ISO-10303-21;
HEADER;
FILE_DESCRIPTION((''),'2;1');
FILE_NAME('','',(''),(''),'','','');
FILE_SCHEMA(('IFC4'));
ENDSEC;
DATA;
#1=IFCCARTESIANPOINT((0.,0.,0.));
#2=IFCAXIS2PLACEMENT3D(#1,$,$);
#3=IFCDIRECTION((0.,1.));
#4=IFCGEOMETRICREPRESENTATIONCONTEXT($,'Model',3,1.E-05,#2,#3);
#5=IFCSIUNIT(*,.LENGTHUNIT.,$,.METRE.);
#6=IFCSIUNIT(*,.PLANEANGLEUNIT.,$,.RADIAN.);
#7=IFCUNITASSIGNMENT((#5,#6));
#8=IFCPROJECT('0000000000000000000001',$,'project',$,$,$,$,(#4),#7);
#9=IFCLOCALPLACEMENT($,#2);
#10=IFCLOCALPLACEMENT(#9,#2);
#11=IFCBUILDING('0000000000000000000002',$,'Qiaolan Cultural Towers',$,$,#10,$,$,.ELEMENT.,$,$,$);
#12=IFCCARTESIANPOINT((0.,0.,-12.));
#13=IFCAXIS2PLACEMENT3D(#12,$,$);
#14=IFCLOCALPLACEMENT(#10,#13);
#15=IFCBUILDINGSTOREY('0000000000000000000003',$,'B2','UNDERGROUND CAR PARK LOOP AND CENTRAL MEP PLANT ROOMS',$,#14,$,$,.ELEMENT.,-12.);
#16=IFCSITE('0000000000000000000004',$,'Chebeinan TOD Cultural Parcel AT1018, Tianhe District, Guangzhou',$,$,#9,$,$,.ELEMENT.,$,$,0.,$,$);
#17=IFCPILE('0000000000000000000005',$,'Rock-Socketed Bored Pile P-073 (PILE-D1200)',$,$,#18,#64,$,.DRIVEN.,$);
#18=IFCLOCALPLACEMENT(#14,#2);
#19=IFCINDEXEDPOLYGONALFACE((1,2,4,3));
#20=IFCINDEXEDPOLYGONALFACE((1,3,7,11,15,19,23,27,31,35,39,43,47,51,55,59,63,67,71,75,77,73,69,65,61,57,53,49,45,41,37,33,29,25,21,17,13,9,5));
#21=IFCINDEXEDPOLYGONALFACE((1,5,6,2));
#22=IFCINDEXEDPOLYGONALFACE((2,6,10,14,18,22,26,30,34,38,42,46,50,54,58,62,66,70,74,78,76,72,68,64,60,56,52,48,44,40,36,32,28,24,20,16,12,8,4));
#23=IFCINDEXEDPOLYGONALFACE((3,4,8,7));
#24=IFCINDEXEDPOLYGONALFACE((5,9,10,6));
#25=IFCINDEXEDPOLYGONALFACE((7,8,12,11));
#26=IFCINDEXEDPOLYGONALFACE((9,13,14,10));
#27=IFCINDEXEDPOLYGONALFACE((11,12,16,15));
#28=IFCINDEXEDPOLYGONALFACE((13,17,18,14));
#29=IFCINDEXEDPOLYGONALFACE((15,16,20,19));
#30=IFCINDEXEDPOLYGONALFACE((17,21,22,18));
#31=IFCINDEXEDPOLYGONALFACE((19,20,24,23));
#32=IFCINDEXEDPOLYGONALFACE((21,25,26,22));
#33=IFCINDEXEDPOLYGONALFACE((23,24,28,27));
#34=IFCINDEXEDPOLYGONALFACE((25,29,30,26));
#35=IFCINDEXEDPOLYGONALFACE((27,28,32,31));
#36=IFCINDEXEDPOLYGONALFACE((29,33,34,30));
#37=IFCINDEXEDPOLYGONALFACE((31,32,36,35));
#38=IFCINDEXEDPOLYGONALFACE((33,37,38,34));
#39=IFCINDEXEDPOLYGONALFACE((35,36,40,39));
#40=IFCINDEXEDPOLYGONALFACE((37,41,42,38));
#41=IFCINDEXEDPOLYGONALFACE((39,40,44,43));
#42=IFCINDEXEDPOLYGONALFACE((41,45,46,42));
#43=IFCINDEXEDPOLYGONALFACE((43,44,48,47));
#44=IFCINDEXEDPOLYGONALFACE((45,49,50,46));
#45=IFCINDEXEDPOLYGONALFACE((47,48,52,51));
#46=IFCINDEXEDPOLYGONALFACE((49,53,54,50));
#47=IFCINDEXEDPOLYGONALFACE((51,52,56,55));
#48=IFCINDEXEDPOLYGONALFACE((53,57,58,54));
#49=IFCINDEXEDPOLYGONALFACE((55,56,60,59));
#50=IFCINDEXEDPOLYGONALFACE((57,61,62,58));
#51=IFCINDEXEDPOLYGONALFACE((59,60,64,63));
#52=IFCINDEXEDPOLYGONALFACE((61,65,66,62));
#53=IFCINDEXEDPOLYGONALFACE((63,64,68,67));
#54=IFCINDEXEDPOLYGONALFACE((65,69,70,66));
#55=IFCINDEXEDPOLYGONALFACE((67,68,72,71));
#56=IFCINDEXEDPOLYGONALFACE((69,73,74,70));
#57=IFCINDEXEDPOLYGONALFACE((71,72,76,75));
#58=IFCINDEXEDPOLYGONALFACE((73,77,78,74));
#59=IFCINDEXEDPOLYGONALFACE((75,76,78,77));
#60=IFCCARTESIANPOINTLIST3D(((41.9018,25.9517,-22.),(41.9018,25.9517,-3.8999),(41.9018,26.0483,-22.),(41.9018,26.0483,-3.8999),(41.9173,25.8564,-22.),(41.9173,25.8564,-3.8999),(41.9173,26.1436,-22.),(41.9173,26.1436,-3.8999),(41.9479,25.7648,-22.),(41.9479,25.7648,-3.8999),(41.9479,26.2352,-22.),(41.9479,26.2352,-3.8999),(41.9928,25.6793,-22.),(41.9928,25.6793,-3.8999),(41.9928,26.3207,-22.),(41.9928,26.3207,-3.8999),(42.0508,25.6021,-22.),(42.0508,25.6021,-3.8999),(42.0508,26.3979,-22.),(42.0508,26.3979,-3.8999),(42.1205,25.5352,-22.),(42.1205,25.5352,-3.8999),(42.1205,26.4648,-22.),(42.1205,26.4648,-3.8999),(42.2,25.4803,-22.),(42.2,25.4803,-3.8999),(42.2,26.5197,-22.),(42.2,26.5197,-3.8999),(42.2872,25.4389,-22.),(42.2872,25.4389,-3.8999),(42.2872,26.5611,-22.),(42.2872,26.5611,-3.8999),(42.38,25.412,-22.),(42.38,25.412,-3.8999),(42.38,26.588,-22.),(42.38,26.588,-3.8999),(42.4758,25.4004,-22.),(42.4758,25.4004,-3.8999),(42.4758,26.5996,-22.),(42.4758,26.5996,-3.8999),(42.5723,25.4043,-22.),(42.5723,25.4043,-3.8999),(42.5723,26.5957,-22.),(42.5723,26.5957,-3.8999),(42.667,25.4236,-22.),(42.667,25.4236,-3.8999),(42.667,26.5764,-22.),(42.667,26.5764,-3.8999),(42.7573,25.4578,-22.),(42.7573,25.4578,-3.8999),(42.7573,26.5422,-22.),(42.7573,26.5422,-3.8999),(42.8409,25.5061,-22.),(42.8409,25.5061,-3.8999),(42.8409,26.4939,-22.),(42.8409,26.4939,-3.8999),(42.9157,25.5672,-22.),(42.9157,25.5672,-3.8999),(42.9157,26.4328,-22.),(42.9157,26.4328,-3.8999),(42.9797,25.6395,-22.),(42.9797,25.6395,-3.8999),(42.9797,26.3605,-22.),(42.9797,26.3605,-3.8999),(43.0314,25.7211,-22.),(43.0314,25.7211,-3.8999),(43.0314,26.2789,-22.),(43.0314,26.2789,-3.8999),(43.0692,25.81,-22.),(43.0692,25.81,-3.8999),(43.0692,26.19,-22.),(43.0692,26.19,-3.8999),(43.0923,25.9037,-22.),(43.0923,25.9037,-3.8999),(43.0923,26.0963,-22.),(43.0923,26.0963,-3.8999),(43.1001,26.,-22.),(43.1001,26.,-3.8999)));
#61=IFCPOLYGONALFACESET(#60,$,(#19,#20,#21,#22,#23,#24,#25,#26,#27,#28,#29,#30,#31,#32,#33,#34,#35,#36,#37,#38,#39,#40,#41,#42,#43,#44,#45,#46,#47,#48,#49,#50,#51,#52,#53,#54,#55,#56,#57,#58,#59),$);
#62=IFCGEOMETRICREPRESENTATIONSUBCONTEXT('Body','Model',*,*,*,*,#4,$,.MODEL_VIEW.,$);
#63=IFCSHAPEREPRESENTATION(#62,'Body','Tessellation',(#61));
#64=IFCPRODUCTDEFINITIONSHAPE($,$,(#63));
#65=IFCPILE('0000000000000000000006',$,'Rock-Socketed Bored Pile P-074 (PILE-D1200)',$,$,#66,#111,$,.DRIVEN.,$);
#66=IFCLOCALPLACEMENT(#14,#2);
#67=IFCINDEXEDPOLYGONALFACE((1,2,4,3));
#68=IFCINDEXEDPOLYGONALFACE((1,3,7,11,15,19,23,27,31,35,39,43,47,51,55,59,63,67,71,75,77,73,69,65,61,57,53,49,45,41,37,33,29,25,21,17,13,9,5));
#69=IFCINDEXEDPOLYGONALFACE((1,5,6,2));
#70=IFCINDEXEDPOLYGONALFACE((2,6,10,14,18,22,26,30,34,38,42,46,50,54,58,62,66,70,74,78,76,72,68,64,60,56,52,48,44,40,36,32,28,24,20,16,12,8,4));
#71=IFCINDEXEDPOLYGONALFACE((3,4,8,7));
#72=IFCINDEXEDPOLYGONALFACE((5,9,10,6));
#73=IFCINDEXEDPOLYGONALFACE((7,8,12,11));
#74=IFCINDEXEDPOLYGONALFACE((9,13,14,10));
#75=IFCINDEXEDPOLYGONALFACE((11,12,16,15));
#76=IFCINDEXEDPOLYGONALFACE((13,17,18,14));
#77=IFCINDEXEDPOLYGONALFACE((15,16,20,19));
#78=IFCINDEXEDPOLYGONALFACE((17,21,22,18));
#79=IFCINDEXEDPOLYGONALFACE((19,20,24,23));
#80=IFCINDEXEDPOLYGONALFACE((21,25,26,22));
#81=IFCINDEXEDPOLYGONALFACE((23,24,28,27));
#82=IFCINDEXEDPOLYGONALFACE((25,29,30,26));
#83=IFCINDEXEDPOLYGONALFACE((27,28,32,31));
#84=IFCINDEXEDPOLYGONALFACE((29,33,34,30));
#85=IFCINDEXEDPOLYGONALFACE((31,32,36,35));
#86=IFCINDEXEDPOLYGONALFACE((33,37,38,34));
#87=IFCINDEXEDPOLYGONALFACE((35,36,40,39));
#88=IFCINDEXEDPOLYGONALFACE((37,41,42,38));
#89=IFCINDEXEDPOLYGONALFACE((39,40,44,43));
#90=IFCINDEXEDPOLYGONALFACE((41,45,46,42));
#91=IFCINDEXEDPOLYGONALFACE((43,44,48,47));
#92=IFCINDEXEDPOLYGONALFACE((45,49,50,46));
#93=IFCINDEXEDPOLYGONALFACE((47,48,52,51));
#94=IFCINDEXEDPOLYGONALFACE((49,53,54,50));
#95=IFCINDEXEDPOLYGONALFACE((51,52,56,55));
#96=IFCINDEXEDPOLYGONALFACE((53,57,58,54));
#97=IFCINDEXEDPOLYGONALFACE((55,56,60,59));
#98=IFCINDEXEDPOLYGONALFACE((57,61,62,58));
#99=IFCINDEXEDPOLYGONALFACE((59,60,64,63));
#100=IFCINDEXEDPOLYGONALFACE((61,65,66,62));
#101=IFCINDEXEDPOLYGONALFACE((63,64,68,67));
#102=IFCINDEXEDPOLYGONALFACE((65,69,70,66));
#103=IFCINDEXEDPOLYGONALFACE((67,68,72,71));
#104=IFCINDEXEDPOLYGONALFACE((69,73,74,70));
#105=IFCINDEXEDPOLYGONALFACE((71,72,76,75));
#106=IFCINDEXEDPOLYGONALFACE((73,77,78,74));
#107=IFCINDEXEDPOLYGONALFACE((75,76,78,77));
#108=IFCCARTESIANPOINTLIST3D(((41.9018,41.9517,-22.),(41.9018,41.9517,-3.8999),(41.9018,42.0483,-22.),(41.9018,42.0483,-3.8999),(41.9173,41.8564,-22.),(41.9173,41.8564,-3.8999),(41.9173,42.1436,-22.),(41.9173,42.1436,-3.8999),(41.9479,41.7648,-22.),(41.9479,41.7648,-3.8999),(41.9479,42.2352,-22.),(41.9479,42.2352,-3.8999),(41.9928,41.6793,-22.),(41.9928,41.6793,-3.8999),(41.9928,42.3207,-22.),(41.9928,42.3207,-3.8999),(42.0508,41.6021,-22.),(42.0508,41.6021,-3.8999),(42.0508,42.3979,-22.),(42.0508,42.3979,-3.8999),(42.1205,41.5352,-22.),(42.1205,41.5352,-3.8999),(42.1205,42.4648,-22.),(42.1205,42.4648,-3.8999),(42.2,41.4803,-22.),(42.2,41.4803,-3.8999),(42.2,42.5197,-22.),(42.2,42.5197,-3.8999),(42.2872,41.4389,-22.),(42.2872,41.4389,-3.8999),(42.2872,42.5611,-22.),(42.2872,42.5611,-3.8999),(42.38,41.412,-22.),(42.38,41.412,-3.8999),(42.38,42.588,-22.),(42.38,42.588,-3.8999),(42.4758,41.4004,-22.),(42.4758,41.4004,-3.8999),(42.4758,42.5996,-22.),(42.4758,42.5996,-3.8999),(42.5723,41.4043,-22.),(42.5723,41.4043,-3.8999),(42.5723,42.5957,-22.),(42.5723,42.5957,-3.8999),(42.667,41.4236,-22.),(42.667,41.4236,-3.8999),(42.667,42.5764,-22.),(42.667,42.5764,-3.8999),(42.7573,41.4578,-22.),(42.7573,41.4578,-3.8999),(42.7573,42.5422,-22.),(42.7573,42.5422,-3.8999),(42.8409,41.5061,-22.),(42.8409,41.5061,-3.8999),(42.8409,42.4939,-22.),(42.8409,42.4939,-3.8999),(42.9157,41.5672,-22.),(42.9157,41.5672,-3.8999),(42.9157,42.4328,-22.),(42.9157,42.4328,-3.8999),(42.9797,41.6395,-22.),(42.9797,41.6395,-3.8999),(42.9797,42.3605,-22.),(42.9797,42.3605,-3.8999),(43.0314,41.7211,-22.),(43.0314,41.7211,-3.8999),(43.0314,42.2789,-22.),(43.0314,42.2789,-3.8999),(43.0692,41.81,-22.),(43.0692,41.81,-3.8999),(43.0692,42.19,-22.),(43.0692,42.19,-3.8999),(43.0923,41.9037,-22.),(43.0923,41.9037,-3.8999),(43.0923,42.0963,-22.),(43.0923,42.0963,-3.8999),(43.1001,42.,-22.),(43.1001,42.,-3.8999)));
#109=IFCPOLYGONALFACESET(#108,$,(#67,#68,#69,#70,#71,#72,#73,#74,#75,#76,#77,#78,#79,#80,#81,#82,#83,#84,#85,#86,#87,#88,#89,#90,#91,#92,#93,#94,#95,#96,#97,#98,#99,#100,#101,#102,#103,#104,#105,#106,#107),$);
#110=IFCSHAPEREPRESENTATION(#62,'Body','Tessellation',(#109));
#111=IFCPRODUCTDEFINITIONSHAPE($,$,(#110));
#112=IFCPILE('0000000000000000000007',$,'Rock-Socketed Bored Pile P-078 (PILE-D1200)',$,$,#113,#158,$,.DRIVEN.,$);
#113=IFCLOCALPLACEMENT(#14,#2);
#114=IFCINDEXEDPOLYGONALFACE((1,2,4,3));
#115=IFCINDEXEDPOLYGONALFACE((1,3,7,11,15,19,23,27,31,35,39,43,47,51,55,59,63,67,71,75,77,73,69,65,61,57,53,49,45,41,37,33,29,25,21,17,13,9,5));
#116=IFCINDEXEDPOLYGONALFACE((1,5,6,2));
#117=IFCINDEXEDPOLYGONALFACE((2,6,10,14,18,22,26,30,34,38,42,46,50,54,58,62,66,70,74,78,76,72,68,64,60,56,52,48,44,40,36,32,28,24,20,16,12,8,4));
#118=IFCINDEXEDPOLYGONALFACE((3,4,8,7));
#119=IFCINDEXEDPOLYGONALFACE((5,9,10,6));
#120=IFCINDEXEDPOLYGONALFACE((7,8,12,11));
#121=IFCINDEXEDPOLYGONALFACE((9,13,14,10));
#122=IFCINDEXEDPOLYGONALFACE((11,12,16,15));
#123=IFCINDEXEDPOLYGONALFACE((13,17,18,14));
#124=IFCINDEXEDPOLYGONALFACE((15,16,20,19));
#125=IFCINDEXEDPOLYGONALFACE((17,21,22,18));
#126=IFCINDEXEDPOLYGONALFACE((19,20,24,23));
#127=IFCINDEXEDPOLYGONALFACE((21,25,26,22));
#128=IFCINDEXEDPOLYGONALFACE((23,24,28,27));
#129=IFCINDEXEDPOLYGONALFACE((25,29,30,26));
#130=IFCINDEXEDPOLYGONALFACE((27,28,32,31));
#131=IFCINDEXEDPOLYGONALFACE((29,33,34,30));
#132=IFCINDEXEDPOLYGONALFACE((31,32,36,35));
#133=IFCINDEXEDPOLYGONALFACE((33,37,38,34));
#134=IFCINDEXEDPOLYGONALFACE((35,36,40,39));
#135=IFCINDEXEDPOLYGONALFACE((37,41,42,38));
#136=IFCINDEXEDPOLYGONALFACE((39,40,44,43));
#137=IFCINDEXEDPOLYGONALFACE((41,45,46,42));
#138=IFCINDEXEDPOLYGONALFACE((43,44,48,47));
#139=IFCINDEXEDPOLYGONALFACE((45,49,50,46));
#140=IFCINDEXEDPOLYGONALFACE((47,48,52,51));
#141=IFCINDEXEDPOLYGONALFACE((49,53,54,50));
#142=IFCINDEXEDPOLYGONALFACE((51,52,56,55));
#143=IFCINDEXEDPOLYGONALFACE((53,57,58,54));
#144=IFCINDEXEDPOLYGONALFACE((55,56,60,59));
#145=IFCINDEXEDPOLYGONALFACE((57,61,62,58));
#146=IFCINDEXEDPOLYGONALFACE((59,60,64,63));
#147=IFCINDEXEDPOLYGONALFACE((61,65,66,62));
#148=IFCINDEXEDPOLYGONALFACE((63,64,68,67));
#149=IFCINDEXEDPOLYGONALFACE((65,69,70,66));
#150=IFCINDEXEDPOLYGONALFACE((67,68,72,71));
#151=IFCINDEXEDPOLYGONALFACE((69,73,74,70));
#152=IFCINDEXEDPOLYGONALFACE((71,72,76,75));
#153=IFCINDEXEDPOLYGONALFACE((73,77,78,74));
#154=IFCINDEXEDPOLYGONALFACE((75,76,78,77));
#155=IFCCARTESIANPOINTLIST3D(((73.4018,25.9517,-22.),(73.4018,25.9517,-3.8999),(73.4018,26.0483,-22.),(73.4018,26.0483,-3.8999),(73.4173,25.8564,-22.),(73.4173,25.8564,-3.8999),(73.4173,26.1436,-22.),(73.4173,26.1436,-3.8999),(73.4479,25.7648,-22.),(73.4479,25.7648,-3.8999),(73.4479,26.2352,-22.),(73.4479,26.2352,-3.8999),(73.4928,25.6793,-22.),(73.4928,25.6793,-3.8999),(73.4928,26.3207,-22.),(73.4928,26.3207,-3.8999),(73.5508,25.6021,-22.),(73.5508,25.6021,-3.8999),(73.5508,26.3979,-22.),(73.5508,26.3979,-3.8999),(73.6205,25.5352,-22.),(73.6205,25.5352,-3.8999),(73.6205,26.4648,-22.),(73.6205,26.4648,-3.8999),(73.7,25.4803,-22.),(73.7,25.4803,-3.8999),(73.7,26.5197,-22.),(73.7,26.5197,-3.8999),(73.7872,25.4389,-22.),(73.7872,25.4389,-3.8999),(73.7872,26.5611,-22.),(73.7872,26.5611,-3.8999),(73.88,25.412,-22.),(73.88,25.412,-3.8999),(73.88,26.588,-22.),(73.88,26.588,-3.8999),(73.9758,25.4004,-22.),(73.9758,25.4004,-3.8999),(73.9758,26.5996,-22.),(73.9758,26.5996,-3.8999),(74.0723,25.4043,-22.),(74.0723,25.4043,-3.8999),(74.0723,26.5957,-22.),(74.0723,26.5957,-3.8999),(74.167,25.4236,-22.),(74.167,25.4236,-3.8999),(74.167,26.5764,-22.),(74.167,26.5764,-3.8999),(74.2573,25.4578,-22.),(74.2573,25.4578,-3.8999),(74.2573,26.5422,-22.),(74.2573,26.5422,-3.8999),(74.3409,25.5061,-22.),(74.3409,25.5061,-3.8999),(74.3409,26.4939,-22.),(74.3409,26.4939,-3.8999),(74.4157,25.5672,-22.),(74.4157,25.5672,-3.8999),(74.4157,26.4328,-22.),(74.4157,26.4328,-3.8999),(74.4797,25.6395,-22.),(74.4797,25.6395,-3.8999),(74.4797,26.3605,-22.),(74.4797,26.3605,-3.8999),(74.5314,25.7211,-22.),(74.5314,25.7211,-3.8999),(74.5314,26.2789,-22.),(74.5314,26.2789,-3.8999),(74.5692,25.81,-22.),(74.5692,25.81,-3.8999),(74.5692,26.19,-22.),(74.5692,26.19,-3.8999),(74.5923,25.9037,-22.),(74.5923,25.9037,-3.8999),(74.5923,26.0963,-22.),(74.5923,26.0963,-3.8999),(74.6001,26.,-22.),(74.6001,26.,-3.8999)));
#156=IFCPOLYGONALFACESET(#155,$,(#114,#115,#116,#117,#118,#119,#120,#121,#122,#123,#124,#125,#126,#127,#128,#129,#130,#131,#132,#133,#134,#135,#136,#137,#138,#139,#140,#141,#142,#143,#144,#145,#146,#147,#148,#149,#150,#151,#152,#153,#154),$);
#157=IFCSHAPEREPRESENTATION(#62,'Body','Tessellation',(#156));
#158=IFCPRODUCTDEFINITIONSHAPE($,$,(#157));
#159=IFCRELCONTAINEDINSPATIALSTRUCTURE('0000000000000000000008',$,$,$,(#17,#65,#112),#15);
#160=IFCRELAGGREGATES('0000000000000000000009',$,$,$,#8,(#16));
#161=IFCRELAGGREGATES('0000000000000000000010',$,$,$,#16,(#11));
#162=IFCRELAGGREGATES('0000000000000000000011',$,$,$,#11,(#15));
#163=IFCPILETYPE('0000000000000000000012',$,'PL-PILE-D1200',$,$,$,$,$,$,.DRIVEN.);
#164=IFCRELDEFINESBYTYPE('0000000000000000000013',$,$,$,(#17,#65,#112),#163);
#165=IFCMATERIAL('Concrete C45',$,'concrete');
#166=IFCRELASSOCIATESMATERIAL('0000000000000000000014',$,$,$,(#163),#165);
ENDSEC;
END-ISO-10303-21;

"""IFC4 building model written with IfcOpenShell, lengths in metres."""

from ifc_helpers import new_model, si_unit, direction, frame, origin, origin_2d, place, context, subcontext, project, spatial, circle, extrude, material, material_profile, profile_set, type_object, element, save


model = new_model("IFC4")

# Units and contexts
model_context = context("Model", 3, precision=1e-05, world=origin(), true_north=direction((0.0, 1.0)))
body_context = subcontext(model_context, "Body", "Model", "MODEL_VIEW")
ifc_project = project(units=[si_unit("LENGTHUNIT", "METRE"), si_unit("PLANEANGLEUNIT", "RADIAN")], contexts=[model_context])

# Site, building, storey
site_placement = place(None, origin())
site = spatial("IfcSite", under=ifc_project, at=site_placement, Name="Chebeinan TOD Cultural Parcel AT1018, Tianhe District, Guangzhou", CompositionType="ELEMENT", RefElevation=0.0)
building_placement = place(site_placement, origin())
building = spatial("IfcBuilding", under=site, at=building_placement, Name="Qiaolan Cultural Towers", CompositionType="ELEMENT")
storey_placement = place(building_placement, frame((0.0, 0.0, -12.0)))
storey = spatial("IfcBuildingStorey", under=building, at=storey_placement, Name="B2", Description="UNDERGROUND CAR PARK LOOP AND CENTRAL MEP PLANT ROOMS", CompositionType="ELEMENT", Elevation=-12.0)

# Piles
ifc_material_1 = material(Name="Concrete C45", Category="concrete")
ifc_material_profile_1 = material_profile(ifc_material_1, circle(Radius=0.6001, at=origin_2d()), Name="PILE-D1200")
ifc_profile_set_1 = profile_set([ifc_material_profile_1], Name="Concrete C45")
pile_type_1 = type_object("IfcPileType", Name="PL-PILE-D1200", PredefinedType="DRIVEN", material=ifc_profile_set_1)
for number, where, z_axis, x_axis, name in (
    (1, (42.5, 26.0, -3.8999), (0.0, 0.0, -1.0), (1.0, 0.0, 0.0), "Rock-Socketed Bored Pile P-073 (PILE-D1200)"),
    (2, (42.5, 42.0, -3.8999), (0.0, 0.0, -1.0), (1.0, 0.0, 0.0), "Rock-Socketed Bored Pile P-074 (PILE-D1200)"),
    (3, (74.0, 26.0, -3.8999), (0.0, 0.0, -1.0), (1.0, 0.0, 0.0), "Rock-Socketed Bored Pile P-078 (PILE-D1200)"),
):
    element("IfcPile", number, at=place(storey_placement, frame(where, z_axis=z_axis, x_axis=x_axis)), inside=storey, type_object=pile_type_1, Name=name, PredefinedType="DRIVEN", context=body_context, shape_type="SweptSolid", body=[
        extrude(circle(Radius=0.6001, at=origin_2d()), origin(), (0.0, 0.0, 1.0), 18.1001),
    ])

save(model, "model.ifc")
